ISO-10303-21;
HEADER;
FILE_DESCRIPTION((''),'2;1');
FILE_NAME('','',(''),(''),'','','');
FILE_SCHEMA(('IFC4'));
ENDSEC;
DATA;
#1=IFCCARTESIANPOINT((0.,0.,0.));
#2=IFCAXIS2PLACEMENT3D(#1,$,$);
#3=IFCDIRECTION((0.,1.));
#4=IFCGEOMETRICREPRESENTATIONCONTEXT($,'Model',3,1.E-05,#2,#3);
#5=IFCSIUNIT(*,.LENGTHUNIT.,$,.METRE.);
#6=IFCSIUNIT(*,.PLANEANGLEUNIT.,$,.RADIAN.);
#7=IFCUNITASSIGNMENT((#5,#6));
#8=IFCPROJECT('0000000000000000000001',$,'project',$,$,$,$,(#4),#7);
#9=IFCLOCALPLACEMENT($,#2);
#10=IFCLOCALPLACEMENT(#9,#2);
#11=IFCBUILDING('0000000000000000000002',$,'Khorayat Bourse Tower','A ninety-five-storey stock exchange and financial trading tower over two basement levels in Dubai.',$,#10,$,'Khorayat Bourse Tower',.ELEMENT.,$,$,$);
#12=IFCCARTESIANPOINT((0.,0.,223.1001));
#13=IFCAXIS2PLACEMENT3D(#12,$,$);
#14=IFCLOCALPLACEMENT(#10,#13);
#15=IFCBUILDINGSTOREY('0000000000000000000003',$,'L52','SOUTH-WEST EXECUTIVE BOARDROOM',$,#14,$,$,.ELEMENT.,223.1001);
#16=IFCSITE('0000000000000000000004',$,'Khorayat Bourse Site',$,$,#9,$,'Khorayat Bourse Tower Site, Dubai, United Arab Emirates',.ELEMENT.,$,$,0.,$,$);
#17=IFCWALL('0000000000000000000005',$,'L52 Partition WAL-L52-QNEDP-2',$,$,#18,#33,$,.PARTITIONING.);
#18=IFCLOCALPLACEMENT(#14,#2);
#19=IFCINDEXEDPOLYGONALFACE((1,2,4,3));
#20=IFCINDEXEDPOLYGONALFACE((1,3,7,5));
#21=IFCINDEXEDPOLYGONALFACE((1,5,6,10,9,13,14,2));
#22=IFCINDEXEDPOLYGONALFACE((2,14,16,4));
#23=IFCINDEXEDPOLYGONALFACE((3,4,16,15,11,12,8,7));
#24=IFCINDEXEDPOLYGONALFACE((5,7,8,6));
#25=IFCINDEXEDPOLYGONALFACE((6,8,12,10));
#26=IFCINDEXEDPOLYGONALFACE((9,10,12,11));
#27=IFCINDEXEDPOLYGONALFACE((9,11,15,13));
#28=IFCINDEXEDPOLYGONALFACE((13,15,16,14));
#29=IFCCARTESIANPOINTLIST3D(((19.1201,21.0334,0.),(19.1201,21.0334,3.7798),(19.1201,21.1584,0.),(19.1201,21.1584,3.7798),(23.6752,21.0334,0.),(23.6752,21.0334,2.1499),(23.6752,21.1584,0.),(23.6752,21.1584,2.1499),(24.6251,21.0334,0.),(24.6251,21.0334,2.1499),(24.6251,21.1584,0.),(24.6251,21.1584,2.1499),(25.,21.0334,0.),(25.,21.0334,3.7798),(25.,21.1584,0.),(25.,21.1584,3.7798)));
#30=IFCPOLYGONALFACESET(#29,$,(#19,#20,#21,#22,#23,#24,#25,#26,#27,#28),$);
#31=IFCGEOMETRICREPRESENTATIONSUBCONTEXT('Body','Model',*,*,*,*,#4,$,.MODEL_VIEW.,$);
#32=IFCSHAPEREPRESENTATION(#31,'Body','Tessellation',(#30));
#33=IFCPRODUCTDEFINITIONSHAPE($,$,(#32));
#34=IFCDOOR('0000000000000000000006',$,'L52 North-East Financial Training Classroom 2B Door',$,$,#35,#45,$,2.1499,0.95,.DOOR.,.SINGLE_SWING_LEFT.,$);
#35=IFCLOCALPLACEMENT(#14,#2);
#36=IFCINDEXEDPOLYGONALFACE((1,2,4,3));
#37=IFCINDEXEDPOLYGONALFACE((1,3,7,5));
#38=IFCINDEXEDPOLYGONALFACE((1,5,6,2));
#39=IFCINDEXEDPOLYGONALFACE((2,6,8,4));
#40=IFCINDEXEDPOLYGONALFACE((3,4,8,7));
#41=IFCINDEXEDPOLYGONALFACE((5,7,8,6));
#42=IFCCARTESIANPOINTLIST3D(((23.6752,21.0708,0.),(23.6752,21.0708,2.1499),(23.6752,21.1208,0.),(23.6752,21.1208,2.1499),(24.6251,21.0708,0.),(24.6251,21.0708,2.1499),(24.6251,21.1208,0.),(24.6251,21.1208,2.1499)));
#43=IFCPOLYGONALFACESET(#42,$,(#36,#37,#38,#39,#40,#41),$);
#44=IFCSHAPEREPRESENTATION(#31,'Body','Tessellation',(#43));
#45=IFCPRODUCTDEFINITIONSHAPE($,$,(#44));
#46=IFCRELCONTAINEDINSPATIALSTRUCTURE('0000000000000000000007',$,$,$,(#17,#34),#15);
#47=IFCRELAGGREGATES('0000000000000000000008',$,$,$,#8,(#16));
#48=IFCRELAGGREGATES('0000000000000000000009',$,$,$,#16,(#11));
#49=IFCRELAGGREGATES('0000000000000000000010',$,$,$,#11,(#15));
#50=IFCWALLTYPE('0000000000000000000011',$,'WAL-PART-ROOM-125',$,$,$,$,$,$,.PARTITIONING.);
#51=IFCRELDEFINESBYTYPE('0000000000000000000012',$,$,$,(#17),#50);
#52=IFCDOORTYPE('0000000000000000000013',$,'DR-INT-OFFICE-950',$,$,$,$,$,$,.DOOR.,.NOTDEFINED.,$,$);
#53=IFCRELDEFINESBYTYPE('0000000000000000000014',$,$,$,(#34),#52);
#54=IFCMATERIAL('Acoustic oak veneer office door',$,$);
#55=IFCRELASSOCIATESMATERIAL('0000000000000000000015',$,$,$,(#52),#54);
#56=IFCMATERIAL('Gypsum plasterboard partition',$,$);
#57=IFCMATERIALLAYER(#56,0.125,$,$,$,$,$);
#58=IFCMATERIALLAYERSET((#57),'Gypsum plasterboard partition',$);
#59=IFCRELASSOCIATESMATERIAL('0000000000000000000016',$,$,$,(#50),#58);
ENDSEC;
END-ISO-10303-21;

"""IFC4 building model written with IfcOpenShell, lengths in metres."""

from ifc_helpers import new_model, si_unit, direction, frame, frame_2d, origin, place, context, subcontext, project, spatial, rectangle, extrude, source, transform, mapped, material, layer, layer_set, type_object, element, fill, save


model = new_model("IFC4")

# Units and contexts
model_context = context("Model", 3, precision=1e-05, world=origin(), true_north=direction((0.0, 1.0)))
body_context = subcontext(model_context, "Body", "Model", "MODEL_VIEW")
ifc_project = project(units=[si_unit("LENGTHUNIT", "METRE"), si_unit("PLANEANGLEUNIT", "RADIAN")], contexts=[model_context])

# Site, building, storey
site_placement = place(None, origin())
site = spatial("IfcSite", under=ifc_project, at=site_placement, Name="Khorayat Bourse Site", LongName="Khorayat Bourse Tower Site, Dubai, United Arab Emirates", CompositionType="ELEMENT", RefElevation=0.0)
building_placement = place(site_placement, origin())
building = spatial("IfcBuilding", under=site, at=building_placement, Name="Khorayat Bourse Tower", Description="A ninety-five-storey stock exchange and financial trading tower over two basement levels in Dubai.", LongName="Khorayat Bourse Tower", CompositionType="ELEMENT")
storey_placement = place(building_placement, frame((0.0, 0.0, 223.1001)))
storey = spatial("IfcBuildingStorey", under=building, at=storey_placement, Name="L52", Description="SOUTH-WEST EXECUTIVE BOARDROOM", CompositionType="ELEMENT", Elevation=223.1001)

# Wall, opening, door
ifc_material_1 = material(Name="Acoustic oak veneer office door")
door_type = type_object("IfcDoorType", Name="DR-INT-OFFICE-950", OperationType="NOTDEFINED", PredefinedType="DOOR", material=ifc_material_1)
shared_shape_1 = source(origin(), body_context, "Body", "SweptSolid", [
    extrude(rectangle(XDim=0.95, YDim=2.1499, at=frame_2d((0.4751, 1.075))), frame((0.0, 0.0249, 0.0), z_axis=(0.0, -1.0, 0.0), x_axis=(1.0, 0.0, 0.0)), (0.0, 0.0, 1.0), 0.05),
])
ifc_material_2 = material(Name="Gypsum plasterboard partition")
ifc_layer_1 = layer(ifc_material_2, 0.125)
ifc_layer_set_1 = layer_set([ifc_layer_1], Name="Gypsum plasterboard partition")
wall_type_1 = type_object("IfcWallType", Name="WAL-PART-ROOM-125", PredefinedType="PARTITIONING", material=ifc_layer_set_1)
shared_shape_2 = source(origin(), body_context, "Body", "SweptSolid", [
    extrude(rectangle(XDim=5.8799, YDim=0.125, at=frame_2d((2.9399, 0.0))), origin(), (0.0, 0.0, 1.0), 3.7798),
])
wall_1_placement = place(storey_placement, frame((19.1201, 21.0959, 0.0), z_axis=(0.0, 0.0, 1.0), x_axis=(1.0, 0.0, 0.0)))
wall_1 = element("IfcWall", 1, at=wall_1_placement, inside=storey, type_object=wall_type_1, Name="L52 Partition WAL-L52-QNEDP-2", PredefinedType="PARTITIONING", context=body_context, shape_type="MappedRepresentation", body=[
    mapped(shared_shape_2, transform((0.0, 0.0, 0.0), scale=1.0)),
])
shared_shape_3 = source(origin(), body_context, "Body", "SweptSolid", [
    extrude(rectangle(XDim=0.95, YDim=2.1499, at=frame_2d((0.4751, 1.075))), frame((0.0, 0.0725, 0.0), z_axis=(0.0, -1.0, 0.0), x_axis=(1.0, 0.0, 0.0)), (0.0, 0.0, 1.0), 0.145),
])
opening_1_placement = place(wall_1_placement, frame((4.5549, 0.0, 0.0)))
opening_1 = element("IfcOpeningElement", 2, at=opening_1_placement, cuts=wall_1, PredefinedType="OPENING", context=body_context, shape_type="MappedRepresentation", body=[
    mapped(shared_shape_3, transform((0.0, 0.0, 0.0), scale=1.0)),
])
door_1_placement = place(opening_1_placement, origin())
door_1 = element("IfcDoor", 3, at=door_1_placement, inside=storey, type_object=door_type, Name="L52 North-East Financial Training Classroom 2B Door", OperationType="SINGLE_SWING_LEFT", OverallHeight=2.1499, OverallWidth=0.95, PredefinedType="DOOR", context=body_context, shape_type="MappedRepresentation", body=[
    mapped(shared_shape_1, transform((0.0, 0.0, 0.0), scale=1.0)),
])
fill(opening_1, door_1)

save(model, "model.ifc")
